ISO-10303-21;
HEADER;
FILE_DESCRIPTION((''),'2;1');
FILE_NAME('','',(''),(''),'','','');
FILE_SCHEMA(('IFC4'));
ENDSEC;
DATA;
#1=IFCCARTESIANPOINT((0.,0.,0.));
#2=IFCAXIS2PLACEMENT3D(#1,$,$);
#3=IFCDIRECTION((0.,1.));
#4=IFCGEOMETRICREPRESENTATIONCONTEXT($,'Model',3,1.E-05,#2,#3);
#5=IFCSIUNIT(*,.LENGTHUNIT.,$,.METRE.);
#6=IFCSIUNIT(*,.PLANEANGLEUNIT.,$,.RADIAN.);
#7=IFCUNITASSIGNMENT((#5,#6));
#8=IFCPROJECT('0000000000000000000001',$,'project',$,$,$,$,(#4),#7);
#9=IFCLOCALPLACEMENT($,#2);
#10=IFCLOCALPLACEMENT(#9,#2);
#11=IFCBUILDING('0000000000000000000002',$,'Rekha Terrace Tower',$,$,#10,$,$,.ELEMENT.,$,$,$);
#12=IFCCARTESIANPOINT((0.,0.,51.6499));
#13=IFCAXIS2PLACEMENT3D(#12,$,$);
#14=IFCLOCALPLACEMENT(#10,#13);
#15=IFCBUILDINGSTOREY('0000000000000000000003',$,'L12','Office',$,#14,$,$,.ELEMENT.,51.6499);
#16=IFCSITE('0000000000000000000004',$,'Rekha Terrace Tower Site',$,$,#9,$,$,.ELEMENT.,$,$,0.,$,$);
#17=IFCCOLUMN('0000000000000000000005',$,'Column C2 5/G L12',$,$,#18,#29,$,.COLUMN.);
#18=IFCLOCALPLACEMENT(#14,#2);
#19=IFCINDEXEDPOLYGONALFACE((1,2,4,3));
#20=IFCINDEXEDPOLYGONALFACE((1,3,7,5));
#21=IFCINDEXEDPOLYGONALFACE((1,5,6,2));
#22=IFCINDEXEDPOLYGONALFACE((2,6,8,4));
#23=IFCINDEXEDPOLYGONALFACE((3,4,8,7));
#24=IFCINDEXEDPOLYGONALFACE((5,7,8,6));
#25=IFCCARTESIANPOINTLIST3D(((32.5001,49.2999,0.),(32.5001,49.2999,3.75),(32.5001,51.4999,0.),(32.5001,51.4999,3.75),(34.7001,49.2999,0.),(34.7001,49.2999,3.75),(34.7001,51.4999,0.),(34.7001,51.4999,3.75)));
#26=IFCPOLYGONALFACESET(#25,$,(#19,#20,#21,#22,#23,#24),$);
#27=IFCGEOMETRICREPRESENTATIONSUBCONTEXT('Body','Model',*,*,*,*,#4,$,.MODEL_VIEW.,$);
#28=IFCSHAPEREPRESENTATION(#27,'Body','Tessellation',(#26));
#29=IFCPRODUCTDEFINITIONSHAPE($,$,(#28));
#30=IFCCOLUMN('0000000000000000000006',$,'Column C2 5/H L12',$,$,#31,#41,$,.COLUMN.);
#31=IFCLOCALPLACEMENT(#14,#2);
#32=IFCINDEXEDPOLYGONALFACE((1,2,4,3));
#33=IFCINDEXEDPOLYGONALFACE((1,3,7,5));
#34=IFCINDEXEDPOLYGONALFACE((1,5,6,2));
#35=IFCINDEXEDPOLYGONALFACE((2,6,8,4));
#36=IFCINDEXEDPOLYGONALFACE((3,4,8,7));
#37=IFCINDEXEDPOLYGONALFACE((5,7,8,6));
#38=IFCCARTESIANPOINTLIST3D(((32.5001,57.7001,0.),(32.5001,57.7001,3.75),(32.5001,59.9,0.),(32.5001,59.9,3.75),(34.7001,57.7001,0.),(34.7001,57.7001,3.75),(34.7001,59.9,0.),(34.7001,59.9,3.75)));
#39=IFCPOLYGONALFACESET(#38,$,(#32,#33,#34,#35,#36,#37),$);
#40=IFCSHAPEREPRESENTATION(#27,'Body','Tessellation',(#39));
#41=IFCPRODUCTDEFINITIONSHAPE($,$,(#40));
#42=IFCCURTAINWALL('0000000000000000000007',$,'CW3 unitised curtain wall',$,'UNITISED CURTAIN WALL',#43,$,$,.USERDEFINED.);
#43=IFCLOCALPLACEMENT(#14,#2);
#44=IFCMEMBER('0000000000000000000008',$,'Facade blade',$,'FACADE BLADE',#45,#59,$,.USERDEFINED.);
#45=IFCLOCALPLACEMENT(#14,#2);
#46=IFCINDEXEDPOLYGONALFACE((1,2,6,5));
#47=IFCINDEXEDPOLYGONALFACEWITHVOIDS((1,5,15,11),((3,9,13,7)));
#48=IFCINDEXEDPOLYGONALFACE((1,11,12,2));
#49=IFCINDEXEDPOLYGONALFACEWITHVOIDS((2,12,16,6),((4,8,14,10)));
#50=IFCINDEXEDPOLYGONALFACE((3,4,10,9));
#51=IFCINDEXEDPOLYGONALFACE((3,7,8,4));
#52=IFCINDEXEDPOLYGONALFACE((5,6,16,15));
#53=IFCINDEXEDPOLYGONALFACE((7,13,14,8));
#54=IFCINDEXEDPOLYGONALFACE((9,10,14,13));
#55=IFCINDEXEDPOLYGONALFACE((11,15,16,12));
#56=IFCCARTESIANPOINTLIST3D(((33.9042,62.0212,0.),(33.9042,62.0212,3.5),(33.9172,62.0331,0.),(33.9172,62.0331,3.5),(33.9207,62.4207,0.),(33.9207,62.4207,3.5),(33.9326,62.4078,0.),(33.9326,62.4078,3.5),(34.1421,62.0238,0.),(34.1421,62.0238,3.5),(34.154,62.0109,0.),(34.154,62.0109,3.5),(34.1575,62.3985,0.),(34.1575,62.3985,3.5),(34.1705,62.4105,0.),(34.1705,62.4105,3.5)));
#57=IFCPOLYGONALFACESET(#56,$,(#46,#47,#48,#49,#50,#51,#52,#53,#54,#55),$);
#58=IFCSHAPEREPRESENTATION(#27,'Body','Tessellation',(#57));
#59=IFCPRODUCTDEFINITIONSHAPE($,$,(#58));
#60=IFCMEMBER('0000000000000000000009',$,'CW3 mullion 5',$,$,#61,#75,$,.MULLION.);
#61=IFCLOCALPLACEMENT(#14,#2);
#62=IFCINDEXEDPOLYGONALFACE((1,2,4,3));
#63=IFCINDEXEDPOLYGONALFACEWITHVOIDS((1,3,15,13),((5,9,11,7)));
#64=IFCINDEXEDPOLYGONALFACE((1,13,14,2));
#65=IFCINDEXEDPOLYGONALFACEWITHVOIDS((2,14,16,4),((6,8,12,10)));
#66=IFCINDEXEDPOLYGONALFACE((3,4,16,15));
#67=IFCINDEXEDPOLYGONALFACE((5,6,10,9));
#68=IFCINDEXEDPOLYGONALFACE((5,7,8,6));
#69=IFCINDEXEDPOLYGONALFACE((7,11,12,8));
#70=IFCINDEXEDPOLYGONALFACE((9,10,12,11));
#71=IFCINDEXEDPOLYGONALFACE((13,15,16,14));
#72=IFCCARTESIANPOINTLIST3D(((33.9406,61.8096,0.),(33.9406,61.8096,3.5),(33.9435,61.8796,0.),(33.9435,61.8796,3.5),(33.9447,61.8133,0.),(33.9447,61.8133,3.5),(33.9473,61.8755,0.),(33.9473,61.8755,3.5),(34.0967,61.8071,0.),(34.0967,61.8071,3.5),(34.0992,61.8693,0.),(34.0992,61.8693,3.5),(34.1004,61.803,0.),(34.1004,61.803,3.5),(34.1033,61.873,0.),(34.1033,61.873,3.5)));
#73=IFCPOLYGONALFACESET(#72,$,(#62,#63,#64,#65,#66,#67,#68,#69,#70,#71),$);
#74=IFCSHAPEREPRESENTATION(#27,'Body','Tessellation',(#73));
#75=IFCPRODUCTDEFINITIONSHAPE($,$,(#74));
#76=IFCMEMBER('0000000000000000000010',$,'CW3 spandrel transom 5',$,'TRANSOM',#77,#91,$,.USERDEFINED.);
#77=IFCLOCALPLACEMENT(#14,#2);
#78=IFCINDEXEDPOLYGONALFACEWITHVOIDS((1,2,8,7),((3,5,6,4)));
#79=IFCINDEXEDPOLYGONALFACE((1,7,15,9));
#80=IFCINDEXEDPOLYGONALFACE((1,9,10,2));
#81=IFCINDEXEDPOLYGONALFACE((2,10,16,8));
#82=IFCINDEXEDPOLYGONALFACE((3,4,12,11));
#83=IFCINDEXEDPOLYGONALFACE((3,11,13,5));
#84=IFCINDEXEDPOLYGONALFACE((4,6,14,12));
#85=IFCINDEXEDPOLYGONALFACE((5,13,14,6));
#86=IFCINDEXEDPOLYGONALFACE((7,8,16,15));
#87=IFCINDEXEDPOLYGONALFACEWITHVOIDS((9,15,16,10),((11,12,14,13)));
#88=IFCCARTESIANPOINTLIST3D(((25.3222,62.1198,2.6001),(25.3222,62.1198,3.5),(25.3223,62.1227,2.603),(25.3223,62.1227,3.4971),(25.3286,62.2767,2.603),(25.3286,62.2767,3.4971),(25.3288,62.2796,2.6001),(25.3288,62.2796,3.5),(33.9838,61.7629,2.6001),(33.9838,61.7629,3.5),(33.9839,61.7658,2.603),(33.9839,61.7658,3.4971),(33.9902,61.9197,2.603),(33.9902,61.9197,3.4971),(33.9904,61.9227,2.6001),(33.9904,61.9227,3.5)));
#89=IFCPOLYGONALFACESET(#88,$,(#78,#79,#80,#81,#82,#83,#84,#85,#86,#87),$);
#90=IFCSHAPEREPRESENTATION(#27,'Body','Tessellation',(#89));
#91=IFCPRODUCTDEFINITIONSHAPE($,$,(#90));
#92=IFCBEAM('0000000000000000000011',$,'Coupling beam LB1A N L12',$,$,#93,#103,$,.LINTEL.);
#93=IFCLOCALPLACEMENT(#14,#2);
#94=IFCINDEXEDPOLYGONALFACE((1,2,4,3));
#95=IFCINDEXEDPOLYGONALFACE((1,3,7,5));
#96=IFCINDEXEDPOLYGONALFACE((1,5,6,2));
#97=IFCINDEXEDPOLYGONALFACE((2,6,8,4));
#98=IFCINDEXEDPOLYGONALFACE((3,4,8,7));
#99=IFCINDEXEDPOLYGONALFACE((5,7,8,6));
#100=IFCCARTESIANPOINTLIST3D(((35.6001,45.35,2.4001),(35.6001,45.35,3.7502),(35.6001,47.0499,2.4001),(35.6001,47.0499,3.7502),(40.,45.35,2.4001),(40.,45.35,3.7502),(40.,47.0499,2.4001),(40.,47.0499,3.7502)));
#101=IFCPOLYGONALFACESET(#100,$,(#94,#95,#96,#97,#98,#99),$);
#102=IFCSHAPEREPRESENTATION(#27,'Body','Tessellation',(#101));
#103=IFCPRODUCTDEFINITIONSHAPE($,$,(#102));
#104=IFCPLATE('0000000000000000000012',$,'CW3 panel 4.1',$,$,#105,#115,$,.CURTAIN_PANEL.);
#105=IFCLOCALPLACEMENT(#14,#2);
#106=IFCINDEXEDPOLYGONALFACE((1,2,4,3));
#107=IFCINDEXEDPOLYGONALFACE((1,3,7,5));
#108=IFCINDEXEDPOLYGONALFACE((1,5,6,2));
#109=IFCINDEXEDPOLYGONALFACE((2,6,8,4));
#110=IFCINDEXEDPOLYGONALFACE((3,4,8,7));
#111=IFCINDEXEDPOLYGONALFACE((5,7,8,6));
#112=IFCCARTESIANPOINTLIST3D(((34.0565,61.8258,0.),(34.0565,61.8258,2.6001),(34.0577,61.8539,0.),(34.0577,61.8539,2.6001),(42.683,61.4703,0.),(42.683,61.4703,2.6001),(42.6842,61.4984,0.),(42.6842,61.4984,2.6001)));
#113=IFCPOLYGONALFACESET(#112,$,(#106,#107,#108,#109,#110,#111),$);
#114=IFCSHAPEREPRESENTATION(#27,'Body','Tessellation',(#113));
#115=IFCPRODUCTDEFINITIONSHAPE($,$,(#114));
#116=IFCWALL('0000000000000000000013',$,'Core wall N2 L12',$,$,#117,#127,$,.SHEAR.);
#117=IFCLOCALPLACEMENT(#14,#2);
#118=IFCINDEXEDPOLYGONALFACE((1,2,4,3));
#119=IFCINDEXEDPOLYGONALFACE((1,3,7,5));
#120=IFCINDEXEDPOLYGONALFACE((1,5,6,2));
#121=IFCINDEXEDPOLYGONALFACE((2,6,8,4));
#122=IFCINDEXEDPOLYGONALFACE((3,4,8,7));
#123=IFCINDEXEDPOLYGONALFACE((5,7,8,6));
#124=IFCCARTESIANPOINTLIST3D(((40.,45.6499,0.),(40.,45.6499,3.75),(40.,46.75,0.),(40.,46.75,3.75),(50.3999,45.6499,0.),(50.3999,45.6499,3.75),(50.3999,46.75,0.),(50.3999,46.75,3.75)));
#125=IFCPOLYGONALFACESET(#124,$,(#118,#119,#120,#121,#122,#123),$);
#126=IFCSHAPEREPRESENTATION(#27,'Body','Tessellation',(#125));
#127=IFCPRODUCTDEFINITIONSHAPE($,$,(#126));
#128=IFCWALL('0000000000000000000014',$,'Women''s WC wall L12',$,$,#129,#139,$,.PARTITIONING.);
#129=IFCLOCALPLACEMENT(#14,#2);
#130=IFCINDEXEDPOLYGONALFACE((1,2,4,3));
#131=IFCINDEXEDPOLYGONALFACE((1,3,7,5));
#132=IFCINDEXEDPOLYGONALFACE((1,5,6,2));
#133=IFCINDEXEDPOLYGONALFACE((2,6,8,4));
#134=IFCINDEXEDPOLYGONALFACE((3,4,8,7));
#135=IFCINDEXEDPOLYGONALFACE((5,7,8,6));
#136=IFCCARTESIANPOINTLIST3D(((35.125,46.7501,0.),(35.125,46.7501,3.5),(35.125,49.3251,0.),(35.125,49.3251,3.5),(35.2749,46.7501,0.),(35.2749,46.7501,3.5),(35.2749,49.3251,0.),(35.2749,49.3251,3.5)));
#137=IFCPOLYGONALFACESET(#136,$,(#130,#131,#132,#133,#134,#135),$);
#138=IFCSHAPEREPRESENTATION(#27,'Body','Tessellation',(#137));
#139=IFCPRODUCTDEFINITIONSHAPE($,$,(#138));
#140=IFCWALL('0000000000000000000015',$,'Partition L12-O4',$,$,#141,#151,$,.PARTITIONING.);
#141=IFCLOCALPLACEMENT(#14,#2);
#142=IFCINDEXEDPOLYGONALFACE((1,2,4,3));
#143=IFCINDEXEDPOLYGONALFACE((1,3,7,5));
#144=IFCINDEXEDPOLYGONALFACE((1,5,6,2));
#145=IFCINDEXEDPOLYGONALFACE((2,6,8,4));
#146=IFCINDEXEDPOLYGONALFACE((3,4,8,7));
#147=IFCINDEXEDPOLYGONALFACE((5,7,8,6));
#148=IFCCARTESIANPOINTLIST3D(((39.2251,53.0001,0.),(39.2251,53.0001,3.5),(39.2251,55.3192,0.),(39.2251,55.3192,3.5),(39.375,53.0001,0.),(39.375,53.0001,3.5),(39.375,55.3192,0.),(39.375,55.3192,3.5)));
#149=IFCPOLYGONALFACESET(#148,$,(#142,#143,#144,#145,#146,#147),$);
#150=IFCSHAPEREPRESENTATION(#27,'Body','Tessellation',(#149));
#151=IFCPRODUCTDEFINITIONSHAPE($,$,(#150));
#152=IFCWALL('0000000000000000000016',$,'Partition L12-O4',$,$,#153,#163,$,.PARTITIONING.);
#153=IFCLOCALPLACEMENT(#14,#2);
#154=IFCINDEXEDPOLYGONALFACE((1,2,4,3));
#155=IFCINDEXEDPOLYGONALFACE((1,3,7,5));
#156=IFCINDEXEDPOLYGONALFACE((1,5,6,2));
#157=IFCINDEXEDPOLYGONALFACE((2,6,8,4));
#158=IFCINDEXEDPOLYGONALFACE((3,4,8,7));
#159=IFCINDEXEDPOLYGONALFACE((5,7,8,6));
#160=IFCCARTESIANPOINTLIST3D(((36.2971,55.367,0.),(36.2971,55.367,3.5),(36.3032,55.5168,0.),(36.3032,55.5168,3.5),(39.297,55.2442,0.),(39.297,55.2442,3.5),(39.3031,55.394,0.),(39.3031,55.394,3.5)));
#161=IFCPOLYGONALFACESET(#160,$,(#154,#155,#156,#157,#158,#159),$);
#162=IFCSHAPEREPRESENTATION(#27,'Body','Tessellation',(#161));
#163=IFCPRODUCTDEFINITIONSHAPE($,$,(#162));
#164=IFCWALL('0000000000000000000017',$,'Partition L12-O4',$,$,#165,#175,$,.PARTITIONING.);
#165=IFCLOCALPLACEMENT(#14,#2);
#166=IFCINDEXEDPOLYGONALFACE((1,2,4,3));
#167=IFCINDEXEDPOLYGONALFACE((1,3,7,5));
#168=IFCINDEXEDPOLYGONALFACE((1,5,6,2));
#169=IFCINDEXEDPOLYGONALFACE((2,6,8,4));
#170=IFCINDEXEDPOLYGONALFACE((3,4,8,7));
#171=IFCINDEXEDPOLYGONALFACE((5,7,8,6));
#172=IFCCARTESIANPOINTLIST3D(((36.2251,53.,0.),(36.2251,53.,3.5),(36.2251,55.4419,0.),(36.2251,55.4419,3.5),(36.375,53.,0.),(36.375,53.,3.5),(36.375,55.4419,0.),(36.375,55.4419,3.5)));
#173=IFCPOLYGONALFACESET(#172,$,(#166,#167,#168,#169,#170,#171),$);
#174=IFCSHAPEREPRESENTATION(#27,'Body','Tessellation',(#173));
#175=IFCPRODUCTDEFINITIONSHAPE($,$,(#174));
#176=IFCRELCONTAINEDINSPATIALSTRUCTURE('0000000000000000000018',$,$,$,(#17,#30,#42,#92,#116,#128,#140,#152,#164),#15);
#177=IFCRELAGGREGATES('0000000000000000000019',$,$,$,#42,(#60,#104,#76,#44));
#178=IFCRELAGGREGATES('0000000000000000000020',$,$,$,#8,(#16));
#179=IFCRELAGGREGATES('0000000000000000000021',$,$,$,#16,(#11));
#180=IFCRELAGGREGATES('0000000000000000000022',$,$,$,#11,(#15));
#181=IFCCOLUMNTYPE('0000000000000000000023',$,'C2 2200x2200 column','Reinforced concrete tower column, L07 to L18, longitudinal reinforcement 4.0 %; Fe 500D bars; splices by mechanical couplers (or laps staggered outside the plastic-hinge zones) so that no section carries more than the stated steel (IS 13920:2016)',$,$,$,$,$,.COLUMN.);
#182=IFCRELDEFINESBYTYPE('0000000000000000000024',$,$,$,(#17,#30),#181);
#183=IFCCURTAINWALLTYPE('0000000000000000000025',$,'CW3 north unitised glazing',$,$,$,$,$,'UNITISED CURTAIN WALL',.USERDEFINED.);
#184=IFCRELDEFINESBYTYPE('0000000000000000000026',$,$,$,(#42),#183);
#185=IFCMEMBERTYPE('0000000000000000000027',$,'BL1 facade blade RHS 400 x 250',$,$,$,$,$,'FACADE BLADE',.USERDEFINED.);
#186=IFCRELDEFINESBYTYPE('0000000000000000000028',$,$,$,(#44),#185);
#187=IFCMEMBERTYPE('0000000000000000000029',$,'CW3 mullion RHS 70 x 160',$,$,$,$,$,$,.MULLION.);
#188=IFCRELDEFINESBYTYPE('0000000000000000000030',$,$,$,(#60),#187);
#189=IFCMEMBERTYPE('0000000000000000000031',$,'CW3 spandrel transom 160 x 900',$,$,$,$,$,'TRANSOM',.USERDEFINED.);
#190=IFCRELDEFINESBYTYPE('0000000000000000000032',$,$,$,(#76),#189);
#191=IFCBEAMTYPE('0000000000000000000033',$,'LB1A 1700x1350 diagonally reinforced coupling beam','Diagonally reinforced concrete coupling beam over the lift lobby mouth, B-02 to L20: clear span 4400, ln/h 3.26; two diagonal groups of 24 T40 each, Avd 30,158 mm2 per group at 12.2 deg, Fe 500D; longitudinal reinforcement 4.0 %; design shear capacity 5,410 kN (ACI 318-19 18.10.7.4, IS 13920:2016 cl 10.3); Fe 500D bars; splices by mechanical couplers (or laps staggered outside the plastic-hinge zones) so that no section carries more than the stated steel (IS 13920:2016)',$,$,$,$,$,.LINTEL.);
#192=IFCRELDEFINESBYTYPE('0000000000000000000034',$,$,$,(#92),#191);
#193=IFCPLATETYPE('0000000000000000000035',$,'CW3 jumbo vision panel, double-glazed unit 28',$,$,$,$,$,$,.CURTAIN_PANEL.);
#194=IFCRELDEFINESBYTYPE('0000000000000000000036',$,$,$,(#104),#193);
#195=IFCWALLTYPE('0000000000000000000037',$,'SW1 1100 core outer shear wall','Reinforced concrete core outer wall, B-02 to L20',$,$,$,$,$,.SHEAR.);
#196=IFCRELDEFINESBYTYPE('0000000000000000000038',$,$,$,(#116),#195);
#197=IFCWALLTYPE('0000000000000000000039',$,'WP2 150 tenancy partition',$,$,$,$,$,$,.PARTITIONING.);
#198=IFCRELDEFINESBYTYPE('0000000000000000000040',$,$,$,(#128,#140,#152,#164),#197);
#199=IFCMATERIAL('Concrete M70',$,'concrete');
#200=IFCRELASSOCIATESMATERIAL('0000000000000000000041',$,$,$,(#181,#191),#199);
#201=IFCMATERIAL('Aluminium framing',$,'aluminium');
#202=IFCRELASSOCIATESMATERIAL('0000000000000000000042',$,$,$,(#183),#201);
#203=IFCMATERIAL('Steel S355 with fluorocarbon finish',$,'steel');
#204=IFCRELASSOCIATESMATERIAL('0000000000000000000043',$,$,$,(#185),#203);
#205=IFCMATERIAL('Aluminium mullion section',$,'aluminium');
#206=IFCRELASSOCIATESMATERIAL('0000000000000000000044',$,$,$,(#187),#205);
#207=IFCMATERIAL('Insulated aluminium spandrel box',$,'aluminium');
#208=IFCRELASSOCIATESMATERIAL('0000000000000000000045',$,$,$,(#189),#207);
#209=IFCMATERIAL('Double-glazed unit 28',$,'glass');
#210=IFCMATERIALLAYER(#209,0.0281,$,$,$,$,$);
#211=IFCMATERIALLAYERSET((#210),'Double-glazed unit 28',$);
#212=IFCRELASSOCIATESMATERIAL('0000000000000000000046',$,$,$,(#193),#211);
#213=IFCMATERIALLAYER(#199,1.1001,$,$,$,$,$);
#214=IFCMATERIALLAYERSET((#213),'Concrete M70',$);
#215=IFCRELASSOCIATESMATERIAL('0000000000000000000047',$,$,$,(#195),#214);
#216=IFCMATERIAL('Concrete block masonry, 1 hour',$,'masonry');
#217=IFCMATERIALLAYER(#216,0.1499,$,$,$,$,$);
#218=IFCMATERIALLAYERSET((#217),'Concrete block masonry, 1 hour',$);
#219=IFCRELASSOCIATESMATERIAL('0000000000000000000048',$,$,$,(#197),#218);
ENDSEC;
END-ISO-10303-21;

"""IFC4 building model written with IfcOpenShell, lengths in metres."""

from ifc_helpers import new_model, si_unit, direction, frame, frame_2d, origin, origin_2d, place, context, subcontext, project, spatial, rectangle, hollow_rectangle, extrude, material, layer, layer_set, material_profile, profile_set, type_object, element, aggregate, save


model = new_model("IFC4")

# Units and contexts
model_context = context("Model", 3, precision=1e-05, world=origin(), true_north=direction((0.0, 1.0)))
body_context = subcontext(model_context, "Body", "Model", "MODEL_VIEW")
ifc_project = project(units=[si_unit("LENGTHUNIT", "METRE"), si_unit("PLANEANGLEUNIT", "RADIAN")], contexts=[model_context])

# Site, building, storey
site_placement = place(None, origin())
site = spatial("IfcSite", under=ifc_project, at=site_placement, Name="Rekha Terrace Tower Site", CompositionType="ELEMENT", RefElevation=0.0)
building_placement = place(site_placement, origin())
building = spatial("IfcBuilding", under=site, at=building_placement, Name="Rekha Terrace Tower", CompositionType="ELEMENT")
storey_placement = place(building_placement, frame((0.0, 0.0, 51.6499)))
storey = spatial("IfcBuildingStorey", under=building, at=storey_placement, Name="L12", Description="Office", CompositionType="ELEMENT", Elevation=51.6499)

# Columns
ifc_material_1 = material(Name="Concrete M70", Category="concrete")
ifc_material_profile_1 = material_profile(ifc_material_1, rectangle(XDim=2.2, YDim=2.2, at=origin_2d()), Name="RC 2200x2200")
ifc_profile_set_1 = profile_set([ifc_material_profile_1], Name="Concrete M70")
column_type = type_object("IfcColumnType", Name="C2 2200x2200 column", Description="Reinforced concrete tower column, L07 to L18, longitudinal reinforcement 4.0 %; Fe 500D bars; splices by mechanical couplers (or laps staggered outside the plastic-hinge zones) so that no section carries more than the stated steel (IS 13920:2016)", PredefinedType="COLUMN", material=ifc_profile_set_1)
for number, where, z_axis, x_axis, name in (
    (1, (33.6001, 50.3999, 0.0), (0.0, 0.0, 1.0), (1.0, 0.0, 0.0), "Column C2 5/G L12"),
    (2, (33.6001, 58.8, 0.0), (0.0, 0.0, 1.0), (1.0, 0.0, 0.0), "Column C2 5/H L12"),
):
    element("IfcColumn", number, at=place(storey_placement, frame(where, z_axis=z_axis, x_axis=x_axis)), inside=storey, type_object=column_type, Name=name, PredefinedType="COLUMN", context=body_context, shape_type="SweptSolid", body=[
        extrude(rectangle(XDim=2.2, YDim=2.2, at=origin_2d()), origin(), (0.0, 0.0, 1.0), 3.75),
    ])

# Curtain wall, members
ifc_material_2 = material(Name="Aluminium framing", Category="aluminium")
curtain_wall_type = type_object("IfcCurtainWallType", Name="CW3 north unitised glazing", ElementType="UNITISED CURTAIN WALL", PredefinedType="USERDEFINED", material=ifc_material_2)
curtain_wall_placement = place(storey_placement, origin())
curtain_wall = element("IfcCurtainWall", 3, at=curtain_wall_placement, inside=storey, type_object=curtain_wall_type, Name="CW3 unitised curtain wall", ObjectType="UNITISED CURTAIN WALL", PredefinedType="USERDEFINED")
ifc_material_3 = material(Name="Steel S355 with fluorocarbon finish", Category="steel")
ifc_material_profile_2 = material_profile(ifc_material_3, hollow_rectangle(XDim=0.25, YDim=0.3999, WallThickness=0.0125, at=origin_2d()), Name="RHS400x250x12.5")
ifc_profile_set_2 = profile_set([ifc_material_profile_2], Name="Steel S355 with fluorocarbon finish")
member_type_1 = type_object("IfcMemberType", Name="BL1 facade blade RHS 400 x 250", ElementType="FACADE BLADE", PredefinedType="USERDEFINED", material=ifc_profile_set_2)
member_1_placement = place(storey_placement, frame((34.0374, 62.2158, 0.0), z_axis=(0.0, 0.0, 1.0), x_axis=(-0.999152, 0.041175, 0.0)))
member_1 = element("IfcMember", 4, at=member_1_placement, type_object=member_type_1, Name="Facade blade", ObjectType="FACADE BLADE", PredefinedType="USERDEFINED", context=body_context, shape_type="SweptSolid", body=[
    extrude(hollow_rectangle(XDim=0.25, YDim=0.3999, WallThickness=0.0125, at=origin_2d()), origin(), (0.0, 0.0, 1.0), 3.5),
])
ifc_material_4 = material(Name="Aluminium mullion section", Category="aluminium")
ifc_material_profile_3 = material_profile(ifc_material_4, hollow_rectangle(XDim=0.0701, YDim=0.1599, WallThickness=0.0039, at=origin_2d()), Name="AL RHS 70x160")
ifc_profile_set_3 = profile_set([ifc_material_profile_3], Name="Aluminium mullion section")
member_type_2 = type_object("IfcMemberType", Name="CW3 mullion RHS 70 x 160", PredefinedType="MULLION", material=ifc_profile_set_3)
member_2_placement = place(storey_placement, frame((34.022, 61.8413, 0.0), z_axis=(0.0, 0.0, 1.0), x_axis=(-0.041174, -0.999152, 0.0)))
member_2 = element("IfcMember", 5, at=member_2_placement, type_object=member_type_2, Name="CW3 mullion 5", PredefinedType="MULLION", context=body_context, shape_type="SweptSolid", body=[
    extrude(hollow_rectangle(XDim=0.0701, YDim=0.1599, WallThickness=0.0039, at=origin_2d()), origin(), (0.0, 0.0, 1.0), 3.5),
])
ifc_material_5 = material(Name="Insulated aluminium spandrel box", Category="aluminium")
ifc_material_profile_4 = material_profile(ifc_material_5, hollow_rectangle(XDim=0.1599, YDim=0.8999, WallThickness=0.0029, at=origin_2d()), Name="AL SPANDREL BOX 160x900")
ifc_profile_set_4 = profile_set([ifc_material_profile_4], Name="Insulated aluminium spandrel box")
member_type_3 = type_object("IfcMemberType", Name="CW3 spandrel transom 160 x 900", ElementType="TRANSOM", PredefinedType="USERDEFINED", material=ifc_profile_set_4)
member_3_placement = place(storey_placement, frame((33.9871, 61.8428, 3.05), z_axis=(-0.999152, 0.041174, 0.0), x_axis=(-0.041174, -0.999152, 0.0)))
member_3 = element("IfcMember", 6, at=member_3_placement, type_object=member_type_3, Name="CW3 spandrel transom 5", ObjectType="TRANSOM", PredefinedType="USERDEFINED", context=body_context, shape_type="SweptSolid", body=[
    extrude(hollow_rectangle(XDim=0.1599, YDim=0.8999, WallThickness=0.0029, at=origin_2d()), origin(), (0.0, 0.0, 1.0), 8.6689),
])

# Beam
ifc_material_profile_5 = material_profile(ifc_material_1, rectangle(XDim=1.7, YDim=1.3501, at=origin_2d()), Name="RC 1700x1350")
ifc_profile_set_5 = profile_set([ifc_material_profile_5], Name="Concrete M70")
beam_type = type_object("IfcBeamType", Name="LB1A 1700x1350 diagonally reinforced coupling beam", Description="Diagonally reinforced concrete coupling beam over the lift lobby mouth, B-02 to L20: clear span 4400, ln/h 3.26; two diagonal groups of 24 T40 each, Avd 30,158 mm2 per group at 12.2 deg, Fe 500D; longitudinal reinforcement 4.0 %; design shear capacity 5,410 kN (ACI 318-19 18.10.7.4, IS 13920:2016 cl 10.3); Fe 500D bars; splices by mechanical couplers (or laps staggered outside the plastic-hinge zones) so that no section carries more than the stated steel (IS 13920:2016)", PredefinedType="LINTEL", material=ifc_profile_set_5)
beam_placement = place(storey_placement, frame((35.6001, 46.2, 3.0752), z_axis=(1.0, 0.0, 0.0), x_axis=(0.0, 1.0, 0.0)))
element("IfcBeam", 7, at=beam_placement, inside=storey, type_object=beam_type, Name="Coupling beam LB1A N L12", PredefinedType="LINTEL", context=body_context, shape_type="SweptSolid", body=[
    extrude(rectangle(XDim=1.7, YDim=1.3501, at=origin_2d()), origin(), (0.0, 0.0, 1.0), 4.3999),
])

# Plate
ifc_material_6 = material(Name="Double-glazed unit 28", Category="glass")
ifc_layer_1 = layer(ifc_material_6, 0.0281)
ifc_layer_set_1 = layer_set([ifc_layer_1], Name="Double-glazed unit 28")
plate_type = type_object("IfcPlateType", Name="CW3 jumbo vision panel, double-glazed unit 28", PredefinedType="CURTAIN_PANEL", material=ifc_layer_set_1)
plate_placement = place(storey_placement, frame((38.3704, 61.6621, 0.0), z_axis=(0.0, 0.0, 1.0), x_axis=(-0.999152, 0.041174, 0.0)))
plate = element("IfcPlate", 8, at=plate_placement, type_object=plate_type, Name="CW3 panel 4.1", PredefinedType="CURTAIN_PANEL", context=body_context, shape_type="SweptSolid", body=[
    extrude(rectangle(XDim=8.6338, YDim=0.0281, at=origin_2d()), origin(), (0.0, 0.0, 1.0), 2.6001),
])
aggregate(curtain_wall, [member_2, plate, member_3, member_1])

# Walls
ifc_layer_2 = layer(ifc_material_1, 1.1001)
ifc_layer_set_2 = layer_set([ifc_layer_2], Name="Concrete M70")
wall_type_1 = type_object("IfcWallType", Name="SW1 1100 core outer shear wall", Description="Reinforced concrete core outer wall, B-02 to L20", PredefinedType="SHEAR", material=ifc_layer_set_2)
wall_1_placement = place(storey_placement, frame((40.0, 46.2, 0.0), z_axis=(0.0, 0.0, 1.0), x_axis=(1.0, 0.0, 0.0)))
element("IfcWall", 9, at=wall_1_placement, inside=storey, type_object=wall_type_1, Name="Core wall N2 L12", PredefinedType="SHEAR", context=body_context, shape_type="SweptSolid", body=[
    extrude(rectangle(XDim=10.3999, YDim=1.1001, at=frame_2d((5.2, 0.0))), origin(), (0.0, 0.0, 1.0), 3.75),
])
ifc_material_7 = material(Name="Concrete block masonry, 1 hour", Category="masonry")
ifc_layer_3 = layer(ifc_material_7, 0.1499)
ifc_layer_set_3 = layer_set([ifc_layer_3], Name="Concrete block masonry, 1 hour")
wall_type_2 = type_object("IfcWallType", Name="WP2 150 tenancy partition", PredefinedType="PARTITIONING", material=ifc_layer_set_3)
wall_2_placement = place(storey_placement, frame((35.2, 46.75, 0.0), z_axis=(0.0, 0.0, 1.0), x_axis=(0.0, 1.0, 0.0)))
element("IfcWall", 10, at=wall_2_placement, inside=storey, type_object=wall_type_2, Name="Women's WC wall L12", PredefinedType="PARTITIONING", context=body_context, shape_type="SweptSolid", body=[
    extrude(rectangle(XDim=2.575, YDim=0.1499, at=frame_2d((1.2876, 0.0))), origin(), (0.0, 0.0, 1.0), 3.5),
])
wall_3_placement = place(storey_placement, frame((39.3, 53.0, 0.0), z_axis=(0.0, 0.0, 1.0), x_axis=(0.0, 1.0, 0.0)))
element("IfcWall", 11, at=wall_3_placement, inside=storey, type_object=wall_type_2, Name="Partition L12-O4", PredefinedType="PARTITIONING", context=body_context, shape_type="SweptSolid", body=[
    extrude(rectangle(XDim=2.3191, YDim=0.1499, at=frame_2d((1.1597, 0.0))), origin(), (0.0, 0.0, 1.0), 3.5),
])
wall_4_placement = place(storey_placement, frame((39.3, 55.3191, 0.0), z_axis=(0.0, 0.0, 1.0), x_axis=(-0.999163, 0.0409, 0.0)))
element("IfcWall", 12, at=wall_4_placement, inside=storey, type_object=wall_type_2, Name="Partition L12-O4", PredefinedType="PARTITIONING", context=body_context, shape_type="SweptSolid", body=[
    extrude(rectangle(XDim=3.0024, YDim=0.1499, at=frame_2d((1.5012, 0.0))), origin(), (0.0, 0.0, 1.0), 3.5),
])
wall_5_placement = place(storey_placement, frame((36.3, 55.4419, 0.0), z_axis=(0.0, 0.0, 1.0), x_axis=(0.0, -1.0, 0.0)))
element("IfcWall", 13, at=wall_5_placement, inside=storey, type_object=wall_type_2, Name="Partition L12-O4", PredefinedType="PARTITIONING", context=body_context, shape_type="SweptSolid", body=[
    extrude(rectangle(XDim=2.4419, YDim=0.1499, at=frame_2d((1.2209, 0.0))), origin(), (0.0, 0.0, 1.0), 3.5),
])

save(model, "model.ifc")
